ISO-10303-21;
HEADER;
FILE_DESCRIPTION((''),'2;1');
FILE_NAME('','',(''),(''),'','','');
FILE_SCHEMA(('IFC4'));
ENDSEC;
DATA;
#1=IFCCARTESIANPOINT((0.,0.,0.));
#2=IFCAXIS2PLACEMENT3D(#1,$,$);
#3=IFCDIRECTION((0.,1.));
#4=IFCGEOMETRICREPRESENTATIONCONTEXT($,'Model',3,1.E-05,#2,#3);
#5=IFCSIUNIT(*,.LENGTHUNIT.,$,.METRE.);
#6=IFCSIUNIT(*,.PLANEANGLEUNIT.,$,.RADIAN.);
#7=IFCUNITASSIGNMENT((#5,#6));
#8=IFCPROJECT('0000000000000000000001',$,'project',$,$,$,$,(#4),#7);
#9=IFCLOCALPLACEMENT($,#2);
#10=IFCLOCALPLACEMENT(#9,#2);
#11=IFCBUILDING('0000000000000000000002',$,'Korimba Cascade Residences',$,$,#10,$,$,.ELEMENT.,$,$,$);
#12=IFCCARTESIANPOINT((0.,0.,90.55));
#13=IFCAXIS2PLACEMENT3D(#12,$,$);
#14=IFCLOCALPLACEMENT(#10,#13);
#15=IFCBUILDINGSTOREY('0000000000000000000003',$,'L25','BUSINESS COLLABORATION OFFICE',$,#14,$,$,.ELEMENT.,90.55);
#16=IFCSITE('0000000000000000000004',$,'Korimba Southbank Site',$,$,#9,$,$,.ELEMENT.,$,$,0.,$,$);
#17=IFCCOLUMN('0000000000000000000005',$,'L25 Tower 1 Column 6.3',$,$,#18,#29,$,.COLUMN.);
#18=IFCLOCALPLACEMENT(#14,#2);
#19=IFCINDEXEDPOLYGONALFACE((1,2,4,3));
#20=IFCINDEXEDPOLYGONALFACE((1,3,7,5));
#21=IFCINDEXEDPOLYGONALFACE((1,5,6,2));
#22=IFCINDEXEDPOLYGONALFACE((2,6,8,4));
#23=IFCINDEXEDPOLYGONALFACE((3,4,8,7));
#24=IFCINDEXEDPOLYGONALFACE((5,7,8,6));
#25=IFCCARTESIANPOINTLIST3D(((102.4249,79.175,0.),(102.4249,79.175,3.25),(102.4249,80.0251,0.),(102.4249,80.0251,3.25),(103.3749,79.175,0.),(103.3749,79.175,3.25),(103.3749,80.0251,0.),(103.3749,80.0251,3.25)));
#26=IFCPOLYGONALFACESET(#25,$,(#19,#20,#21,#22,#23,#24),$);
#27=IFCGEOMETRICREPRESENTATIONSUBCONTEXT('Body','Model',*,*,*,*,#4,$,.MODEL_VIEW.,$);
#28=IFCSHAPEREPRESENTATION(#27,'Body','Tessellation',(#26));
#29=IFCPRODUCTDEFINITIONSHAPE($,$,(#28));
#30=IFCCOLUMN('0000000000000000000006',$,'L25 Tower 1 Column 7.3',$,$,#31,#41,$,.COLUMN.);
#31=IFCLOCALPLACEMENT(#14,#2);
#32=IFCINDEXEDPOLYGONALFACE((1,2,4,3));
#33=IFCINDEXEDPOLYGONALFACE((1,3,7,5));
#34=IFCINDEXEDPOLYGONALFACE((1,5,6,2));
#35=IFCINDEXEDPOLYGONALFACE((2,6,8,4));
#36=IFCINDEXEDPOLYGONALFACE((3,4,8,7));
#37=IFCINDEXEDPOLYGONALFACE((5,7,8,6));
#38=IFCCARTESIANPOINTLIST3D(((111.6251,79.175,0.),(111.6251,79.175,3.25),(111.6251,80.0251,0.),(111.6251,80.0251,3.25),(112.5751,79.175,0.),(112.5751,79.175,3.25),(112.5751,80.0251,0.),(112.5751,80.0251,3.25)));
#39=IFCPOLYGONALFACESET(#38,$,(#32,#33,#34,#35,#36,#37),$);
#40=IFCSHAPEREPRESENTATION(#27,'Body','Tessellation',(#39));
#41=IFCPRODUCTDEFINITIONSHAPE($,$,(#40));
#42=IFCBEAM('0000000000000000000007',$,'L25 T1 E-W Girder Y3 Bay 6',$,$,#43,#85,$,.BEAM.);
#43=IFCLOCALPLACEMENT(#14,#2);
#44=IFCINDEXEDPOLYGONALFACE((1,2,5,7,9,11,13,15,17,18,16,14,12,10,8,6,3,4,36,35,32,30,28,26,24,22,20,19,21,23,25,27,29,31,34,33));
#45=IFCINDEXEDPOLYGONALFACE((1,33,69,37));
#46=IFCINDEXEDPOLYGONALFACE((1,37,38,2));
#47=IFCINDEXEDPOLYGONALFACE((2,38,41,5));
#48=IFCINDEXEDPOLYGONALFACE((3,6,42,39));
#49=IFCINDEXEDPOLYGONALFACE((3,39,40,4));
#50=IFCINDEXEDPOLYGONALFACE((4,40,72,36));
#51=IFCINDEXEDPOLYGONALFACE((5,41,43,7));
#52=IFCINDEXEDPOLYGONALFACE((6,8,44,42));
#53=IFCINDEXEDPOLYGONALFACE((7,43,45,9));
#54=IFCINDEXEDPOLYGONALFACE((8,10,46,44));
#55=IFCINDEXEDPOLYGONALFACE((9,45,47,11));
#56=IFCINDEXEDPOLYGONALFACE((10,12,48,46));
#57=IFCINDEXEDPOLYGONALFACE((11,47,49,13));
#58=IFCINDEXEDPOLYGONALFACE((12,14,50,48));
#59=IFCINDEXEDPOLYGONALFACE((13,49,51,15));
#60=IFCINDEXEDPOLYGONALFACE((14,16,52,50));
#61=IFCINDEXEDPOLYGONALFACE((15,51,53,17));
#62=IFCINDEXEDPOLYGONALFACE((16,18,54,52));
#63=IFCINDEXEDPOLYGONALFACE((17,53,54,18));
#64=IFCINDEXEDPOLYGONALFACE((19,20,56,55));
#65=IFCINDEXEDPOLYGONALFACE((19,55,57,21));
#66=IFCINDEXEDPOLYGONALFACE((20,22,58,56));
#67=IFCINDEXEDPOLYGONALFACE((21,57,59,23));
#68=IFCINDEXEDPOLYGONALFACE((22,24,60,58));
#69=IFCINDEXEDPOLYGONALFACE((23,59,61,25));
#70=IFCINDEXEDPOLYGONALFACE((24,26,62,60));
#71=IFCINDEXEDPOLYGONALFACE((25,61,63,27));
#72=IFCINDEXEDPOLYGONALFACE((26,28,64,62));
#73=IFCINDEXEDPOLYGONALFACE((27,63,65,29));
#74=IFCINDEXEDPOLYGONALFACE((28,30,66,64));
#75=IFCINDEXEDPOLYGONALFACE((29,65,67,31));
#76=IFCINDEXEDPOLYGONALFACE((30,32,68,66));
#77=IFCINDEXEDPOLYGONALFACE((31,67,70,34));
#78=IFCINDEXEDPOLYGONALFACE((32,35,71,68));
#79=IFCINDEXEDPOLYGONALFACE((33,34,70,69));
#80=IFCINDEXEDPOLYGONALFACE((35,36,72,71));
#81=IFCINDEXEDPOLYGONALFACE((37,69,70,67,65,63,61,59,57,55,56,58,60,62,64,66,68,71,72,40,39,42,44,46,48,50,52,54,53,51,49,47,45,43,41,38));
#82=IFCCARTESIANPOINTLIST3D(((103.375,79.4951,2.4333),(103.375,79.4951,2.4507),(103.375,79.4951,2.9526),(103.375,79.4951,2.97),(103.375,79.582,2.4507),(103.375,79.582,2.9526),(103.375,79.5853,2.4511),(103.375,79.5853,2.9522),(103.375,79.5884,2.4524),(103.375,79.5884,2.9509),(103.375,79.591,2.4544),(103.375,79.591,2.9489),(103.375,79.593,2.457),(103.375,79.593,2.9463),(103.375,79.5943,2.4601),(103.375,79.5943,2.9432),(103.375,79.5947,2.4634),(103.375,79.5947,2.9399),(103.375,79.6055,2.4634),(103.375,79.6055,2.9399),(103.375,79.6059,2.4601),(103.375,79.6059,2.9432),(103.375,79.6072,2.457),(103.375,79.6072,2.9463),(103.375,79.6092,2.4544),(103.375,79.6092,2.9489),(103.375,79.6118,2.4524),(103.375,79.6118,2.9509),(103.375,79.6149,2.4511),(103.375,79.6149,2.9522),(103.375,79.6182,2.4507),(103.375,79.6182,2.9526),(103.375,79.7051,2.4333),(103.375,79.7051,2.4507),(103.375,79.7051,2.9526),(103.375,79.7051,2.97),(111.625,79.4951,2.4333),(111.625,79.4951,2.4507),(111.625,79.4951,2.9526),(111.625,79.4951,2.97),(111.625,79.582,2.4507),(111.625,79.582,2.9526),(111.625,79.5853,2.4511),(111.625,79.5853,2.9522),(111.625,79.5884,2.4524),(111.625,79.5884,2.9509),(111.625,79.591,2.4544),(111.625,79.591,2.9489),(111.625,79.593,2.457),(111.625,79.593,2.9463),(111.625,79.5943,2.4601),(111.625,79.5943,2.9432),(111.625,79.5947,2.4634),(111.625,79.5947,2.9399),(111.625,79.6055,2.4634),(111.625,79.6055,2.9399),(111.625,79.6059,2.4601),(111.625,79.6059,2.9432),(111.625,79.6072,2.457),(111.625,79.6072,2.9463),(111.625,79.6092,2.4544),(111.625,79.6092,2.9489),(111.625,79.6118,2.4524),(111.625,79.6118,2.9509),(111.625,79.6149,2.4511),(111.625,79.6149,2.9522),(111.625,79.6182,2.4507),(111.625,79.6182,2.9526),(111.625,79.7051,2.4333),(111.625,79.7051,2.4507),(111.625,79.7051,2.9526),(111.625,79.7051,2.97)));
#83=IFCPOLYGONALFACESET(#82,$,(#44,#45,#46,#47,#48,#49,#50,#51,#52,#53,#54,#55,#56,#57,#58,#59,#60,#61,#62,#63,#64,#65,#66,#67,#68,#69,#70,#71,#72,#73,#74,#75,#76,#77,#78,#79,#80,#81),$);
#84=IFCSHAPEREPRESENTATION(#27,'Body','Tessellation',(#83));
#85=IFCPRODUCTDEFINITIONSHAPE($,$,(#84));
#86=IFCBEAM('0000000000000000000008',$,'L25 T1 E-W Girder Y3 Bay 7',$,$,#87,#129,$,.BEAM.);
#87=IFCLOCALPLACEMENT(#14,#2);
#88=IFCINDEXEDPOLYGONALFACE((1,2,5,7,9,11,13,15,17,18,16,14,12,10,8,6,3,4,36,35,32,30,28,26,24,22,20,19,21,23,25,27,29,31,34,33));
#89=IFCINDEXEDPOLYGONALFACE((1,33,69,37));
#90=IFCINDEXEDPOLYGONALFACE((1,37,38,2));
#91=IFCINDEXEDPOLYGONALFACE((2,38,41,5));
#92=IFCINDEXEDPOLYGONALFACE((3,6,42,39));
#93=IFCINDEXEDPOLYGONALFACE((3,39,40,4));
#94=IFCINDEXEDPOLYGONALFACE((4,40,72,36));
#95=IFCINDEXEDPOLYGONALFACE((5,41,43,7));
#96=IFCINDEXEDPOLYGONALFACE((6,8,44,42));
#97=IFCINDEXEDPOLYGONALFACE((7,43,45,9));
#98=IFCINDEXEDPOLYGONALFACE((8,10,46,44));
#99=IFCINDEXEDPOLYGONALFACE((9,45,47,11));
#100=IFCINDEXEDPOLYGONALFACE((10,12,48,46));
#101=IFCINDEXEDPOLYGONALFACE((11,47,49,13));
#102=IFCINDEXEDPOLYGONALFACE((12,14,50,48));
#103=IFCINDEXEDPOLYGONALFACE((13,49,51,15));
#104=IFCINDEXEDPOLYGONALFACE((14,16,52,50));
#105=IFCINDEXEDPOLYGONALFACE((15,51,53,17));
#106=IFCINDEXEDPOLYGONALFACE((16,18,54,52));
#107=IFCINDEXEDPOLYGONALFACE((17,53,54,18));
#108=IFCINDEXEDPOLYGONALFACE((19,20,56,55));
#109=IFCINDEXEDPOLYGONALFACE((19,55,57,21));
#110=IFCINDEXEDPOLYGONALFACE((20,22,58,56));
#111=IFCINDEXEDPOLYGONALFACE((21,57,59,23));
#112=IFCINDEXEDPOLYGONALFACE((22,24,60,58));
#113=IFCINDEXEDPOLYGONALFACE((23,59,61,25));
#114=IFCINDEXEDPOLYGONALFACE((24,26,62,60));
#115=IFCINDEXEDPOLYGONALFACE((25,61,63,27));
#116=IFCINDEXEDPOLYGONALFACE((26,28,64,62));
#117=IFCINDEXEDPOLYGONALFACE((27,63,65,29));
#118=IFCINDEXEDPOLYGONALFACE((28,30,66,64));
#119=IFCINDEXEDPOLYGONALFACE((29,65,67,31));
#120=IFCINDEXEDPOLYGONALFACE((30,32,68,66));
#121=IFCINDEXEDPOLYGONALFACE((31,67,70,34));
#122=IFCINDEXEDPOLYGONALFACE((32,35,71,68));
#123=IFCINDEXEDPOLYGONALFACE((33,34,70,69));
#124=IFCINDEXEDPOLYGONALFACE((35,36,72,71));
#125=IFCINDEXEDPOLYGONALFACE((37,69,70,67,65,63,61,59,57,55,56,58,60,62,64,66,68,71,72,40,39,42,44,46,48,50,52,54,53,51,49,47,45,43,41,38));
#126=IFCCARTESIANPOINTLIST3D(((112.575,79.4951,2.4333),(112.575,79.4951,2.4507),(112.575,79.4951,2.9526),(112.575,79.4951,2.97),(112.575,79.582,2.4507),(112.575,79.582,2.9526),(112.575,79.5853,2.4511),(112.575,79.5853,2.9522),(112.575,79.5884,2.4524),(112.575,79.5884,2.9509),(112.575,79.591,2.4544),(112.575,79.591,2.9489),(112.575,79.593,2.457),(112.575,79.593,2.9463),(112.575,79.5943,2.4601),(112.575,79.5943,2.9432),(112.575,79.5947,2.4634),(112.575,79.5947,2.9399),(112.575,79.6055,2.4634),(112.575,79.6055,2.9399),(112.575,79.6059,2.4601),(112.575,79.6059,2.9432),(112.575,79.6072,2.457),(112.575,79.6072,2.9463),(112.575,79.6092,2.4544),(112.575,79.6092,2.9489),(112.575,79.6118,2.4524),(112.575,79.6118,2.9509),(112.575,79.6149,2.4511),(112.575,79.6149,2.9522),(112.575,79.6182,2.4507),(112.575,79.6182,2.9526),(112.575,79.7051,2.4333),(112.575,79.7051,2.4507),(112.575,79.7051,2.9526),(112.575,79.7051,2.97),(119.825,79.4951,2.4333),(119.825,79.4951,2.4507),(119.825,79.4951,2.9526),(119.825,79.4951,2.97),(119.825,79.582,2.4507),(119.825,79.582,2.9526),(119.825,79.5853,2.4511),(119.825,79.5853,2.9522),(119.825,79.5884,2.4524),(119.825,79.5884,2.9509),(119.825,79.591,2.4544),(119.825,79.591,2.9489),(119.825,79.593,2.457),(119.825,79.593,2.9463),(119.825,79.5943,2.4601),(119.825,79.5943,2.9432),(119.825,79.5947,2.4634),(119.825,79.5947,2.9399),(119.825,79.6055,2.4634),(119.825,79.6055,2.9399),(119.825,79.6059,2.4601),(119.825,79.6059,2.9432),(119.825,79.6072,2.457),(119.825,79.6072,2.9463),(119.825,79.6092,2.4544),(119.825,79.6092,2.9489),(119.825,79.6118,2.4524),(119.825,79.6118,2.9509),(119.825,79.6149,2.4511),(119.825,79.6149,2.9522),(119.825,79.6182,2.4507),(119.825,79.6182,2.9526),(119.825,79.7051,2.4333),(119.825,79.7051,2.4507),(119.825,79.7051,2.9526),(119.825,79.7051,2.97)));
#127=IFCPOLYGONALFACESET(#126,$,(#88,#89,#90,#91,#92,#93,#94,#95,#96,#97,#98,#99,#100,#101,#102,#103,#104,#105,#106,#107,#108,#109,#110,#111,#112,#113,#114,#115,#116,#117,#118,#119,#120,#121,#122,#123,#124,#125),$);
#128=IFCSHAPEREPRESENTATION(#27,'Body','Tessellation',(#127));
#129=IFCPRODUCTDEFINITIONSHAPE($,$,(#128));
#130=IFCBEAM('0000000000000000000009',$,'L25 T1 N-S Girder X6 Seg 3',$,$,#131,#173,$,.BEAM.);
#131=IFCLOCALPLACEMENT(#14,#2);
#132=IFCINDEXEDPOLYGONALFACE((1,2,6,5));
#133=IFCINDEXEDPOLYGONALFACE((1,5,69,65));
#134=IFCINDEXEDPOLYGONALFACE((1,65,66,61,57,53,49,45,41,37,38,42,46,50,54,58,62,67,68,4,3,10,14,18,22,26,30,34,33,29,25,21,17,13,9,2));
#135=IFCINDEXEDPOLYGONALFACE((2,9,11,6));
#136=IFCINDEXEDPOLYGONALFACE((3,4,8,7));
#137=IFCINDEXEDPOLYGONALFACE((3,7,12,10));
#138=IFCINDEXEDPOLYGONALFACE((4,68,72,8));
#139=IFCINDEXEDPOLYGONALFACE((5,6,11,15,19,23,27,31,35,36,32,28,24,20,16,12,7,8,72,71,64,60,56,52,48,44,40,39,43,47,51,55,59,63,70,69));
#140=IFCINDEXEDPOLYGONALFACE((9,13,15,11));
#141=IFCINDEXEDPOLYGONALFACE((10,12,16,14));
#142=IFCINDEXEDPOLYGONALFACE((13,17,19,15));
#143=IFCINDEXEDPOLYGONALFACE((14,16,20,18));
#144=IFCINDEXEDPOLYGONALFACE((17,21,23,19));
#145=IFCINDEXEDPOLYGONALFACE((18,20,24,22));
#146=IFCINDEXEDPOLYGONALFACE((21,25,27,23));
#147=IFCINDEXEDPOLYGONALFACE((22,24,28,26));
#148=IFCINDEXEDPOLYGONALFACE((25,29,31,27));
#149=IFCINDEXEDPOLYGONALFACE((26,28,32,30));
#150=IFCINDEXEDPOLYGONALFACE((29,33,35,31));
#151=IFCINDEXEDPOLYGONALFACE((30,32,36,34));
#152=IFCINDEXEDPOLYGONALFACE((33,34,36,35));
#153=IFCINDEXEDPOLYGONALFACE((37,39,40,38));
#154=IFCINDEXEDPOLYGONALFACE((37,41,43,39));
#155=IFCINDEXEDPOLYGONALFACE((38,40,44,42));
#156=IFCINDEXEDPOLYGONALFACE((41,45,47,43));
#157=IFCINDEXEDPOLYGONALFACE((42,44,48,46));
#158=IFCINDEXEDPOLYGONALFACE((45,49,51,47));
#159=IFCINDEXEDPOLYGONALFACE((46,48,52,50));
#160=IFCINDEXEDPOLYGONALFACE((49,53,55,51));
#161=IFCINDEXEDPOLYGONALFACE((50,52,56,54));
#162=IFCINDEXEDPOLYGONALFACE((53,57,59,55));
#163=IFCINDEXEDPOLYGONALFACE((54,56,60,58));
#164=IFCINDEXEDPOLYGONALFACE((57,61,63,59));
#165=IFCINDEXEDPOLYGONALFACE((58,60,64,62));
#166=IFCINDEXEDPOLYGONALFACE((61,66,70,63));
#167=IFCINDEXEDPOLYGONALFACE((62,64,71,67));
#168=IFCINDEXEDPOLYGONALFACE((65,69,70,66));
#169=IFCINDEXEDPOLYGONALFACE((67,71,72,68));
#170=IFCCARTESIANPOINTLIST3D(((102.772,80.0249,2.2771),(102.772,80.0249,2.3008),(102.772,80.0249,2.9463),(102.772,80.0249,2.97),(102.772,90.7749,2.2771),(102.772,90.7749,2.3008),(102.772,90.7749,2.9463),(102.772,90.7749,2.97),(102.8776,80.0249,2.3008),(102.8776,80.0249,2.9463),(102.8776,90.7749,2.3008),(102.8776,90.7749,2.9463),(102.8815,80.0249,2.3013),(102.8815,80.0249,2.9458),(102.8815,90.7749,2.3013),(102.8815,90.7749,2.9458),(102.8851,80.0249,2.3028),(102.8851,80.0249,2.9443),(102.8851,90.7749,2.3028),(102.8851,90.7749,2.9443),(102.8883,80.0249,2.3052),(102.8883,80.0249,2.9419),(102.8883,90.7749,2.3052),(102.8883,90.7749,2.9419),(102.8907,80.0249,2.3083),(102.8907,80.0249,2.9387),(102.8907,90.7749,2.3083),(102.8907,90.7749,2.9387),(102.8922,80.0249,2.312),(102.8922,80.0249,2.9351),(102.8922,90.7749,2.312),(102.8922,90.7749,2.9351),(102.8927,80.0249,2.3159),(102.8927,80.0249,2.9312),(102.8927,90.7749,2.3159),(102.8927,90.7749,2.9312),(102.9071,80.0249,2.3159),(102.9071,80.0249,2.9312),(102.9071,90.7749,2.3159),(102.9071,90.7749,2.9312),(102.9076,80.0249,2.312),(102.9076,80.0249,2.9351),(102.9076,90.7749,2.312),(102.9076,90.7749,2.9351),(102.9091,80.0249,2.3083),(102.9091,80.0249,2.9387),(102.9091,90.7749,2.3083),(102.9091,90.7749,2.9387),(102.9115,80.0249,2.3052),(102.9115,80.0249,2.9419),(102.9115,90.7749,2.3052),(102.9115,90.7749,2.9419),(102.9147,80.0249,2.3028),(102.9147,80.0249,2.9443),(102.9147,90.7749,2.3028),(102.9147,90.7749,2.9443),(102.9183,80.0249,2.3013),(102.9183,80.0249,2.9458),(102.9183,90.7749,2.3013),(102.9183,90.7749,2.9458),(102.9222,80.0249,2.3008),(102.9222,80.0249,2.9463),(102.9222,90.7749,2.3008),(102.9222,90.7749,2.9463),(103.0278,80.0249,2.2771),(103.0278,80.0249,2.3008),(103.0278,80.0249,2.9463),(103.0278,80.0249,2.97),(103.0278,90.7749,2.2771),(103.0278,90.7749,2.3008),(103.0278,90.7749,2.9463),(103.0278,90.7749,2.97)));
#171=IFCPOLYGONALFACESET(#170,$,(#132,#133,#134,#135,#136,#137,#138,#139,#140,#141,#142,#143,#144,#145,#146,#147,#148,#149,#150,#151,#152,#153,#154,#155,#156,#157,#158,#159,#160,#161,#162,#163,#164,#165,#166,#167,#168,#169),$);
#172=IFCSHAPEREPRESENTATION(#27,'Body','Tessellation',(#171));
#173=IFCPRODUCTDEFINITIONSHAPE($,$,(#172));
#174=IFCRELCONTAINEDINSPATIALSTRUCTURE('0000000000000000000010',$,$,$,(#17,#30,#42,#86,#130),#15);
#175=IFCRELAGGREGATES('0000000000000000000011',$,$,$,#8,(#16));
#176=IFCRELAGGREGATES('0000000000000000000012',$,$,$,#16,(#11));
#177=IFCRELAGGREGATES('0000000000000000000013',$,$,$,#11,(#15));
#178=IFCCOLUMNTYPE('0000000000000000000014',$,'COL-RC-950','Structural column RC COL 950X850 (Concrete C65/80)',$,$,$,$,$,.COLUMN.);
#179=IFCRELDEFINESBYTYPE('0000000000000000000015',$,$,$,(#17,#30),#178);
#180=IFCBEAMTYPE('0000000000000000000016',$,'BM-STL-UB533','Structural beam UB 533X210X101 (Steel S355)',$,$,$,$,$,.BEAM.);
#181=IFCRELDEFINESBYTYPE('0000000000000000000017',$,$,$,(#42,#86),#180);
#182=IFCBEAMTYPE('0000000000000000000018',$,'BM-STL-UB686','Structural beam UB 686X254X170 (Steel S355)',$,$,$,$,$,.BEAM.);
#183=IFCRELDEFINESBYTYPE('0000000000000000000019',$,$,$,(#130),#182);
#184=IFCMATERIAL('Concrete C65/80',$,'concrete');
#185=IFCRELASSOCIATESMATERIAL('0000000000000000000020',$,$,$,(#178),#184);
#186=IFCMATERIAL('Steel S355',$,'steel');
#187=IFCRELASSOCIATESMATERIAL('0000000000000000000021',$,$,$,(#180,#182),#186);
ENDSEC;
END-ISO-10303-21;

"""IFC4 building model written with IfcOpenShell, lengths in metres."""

from ifc_helpers import new_model, si_unit, direction, frame, origin, origin_2d, place, context, subcontext, project, spatial, rectangle, i_section, extrude, material, material_profile, profile_set, type_object, element, save


model = new_model("IFC4")

# Units and contexts
model_context = context("Model", 3, precision=1e-05, world=origin(), true_north=direction((0.0, 1.0)))
body_context = subcontext(model_context, "Body", "Model", "MODEL_VIEW")
ifc_project = project(units=[si_unit("LENGTHUNIT", "METRE"), si_unit("PLANEANGLEUNIT", "RADIAN")], contexts=[model_context])

# Site, building, storey
site_placement = place(None, origin())
site = spatial("IfcSite", under=ifc_project, at=site_placement, Name="Korimba Southbank Site", CompositionType="ELEMENT", RefElevation=0.0)
building_placement = place(site_placement, origin())
building = spatial("IfcBuilding", under=site, at=building_placement, Name="Korimba Cascade Residences", CompositionType="ELEMENT")
storey_placement = place(building_placement, frame((0.0, 0.0, 90.55)))
storey = spatial("IfcBuildingStorey", under=building, at=storey_placement, Name="L25", Description="BUSINESS COLLABORATION OFFICE", CompositionType="ELEMENT", Elevation=90.55)

# Columns
ifc_material_1 = material(Name="Concrete C65/80", Category="concrete")
ifc_material_profile_1 = material_profile(ifc_material_1, rectangle(XDim=0.95, YDim=0.8501, at=origin_2d()), Name="Concrete C65/80")
ifc_profile_set_1 = profile_set([ifc_material_profile_1], Name="Concrete C65/80")
column_type = type_object("IfcColumnType", Name="COL-RC-950", Description="Structural column RC COL 950X850 (Concrete C65/80)", PredefinedType="COLUMN", material=ifc_profile_set_1)
for number, where, z_axis, x_axis, name in (
    (1, (102.8999, 79.6001, 0.0), (0.0, 0.0, 1.0), (1.0, 0.0, 0.0), "L25 Tower 1 Column 6.3"),
    (2, (112.1001, 79.6001, 0.0), (0.0, 0.0, 1.0), (1.0, 0.0, 0.0), "L25 Tower 1 Column 7.3"),
):
    element("IfcColumn", number, at=place(storey_placement, frame(where, z_axis=z_axis, x_axis=x_axis)), inside=storey, type_object=column_type, Name=name, PredefinedType="COLUMN", context=body_context, shape_type="SweptSolid", body=[
        extrude(rectangle(XDim=0.95, YDim=0.8501, at=origin_2d()), origin(), (0.0, 0.0, 1.0), 3.25),
    ])

# Beams
ifc_material_2 = material(Name="Steel S355", Category="steel")
ifc_material_profile_2 = material_profile(ifc_material_2, i_section(OverallWidth=0.21, OverallDepth=0.5366, WebThickness=0.0107, FlangeThickness=0.0173, FilletRadius=0.0127, at=origin_2d()), Name="Steel S355")
ifc_profile_set_2 = profile_set([ifc_material_profile_2], Name="Steel S355")
beam_type_1 = type_object("IfcBeamType", Name="BM-STL-UB533", Description="Structural beam UB 533X210X101 (Steel S355)", PredefinedType="BEAM", material=ifc_profile_set_2)
beam_1_placement = place(storey_placement, frame((103.375, 79.6001, 2.7017), z_axis=(1.0, 0.0, 0.0), x_axis=(0.0, 1.0, 0.0)))
element("IfcBeam", 3, at=beam_1_placement, inside=storey, type_object=beam_type_1, Name="L25 T1 E-W Girder Y3 Bay 6", PredefinedType="BEAM", context=body_context, shape_type="SweptSolid", body=[
    extrude(i_section(OverallWidth=0.21, OverallDepth=0.5366, WebThickness=0.0107, FlangeThickness=0.0173, FilletRadius=0.0127, at=origin_2d()), origin(), (0.0, 0.0, 1.0), 8.25),
])
beam_2_placement = place(storey_placement, frame((112.575, 79.6001, 2.7017), z_axis=(1.0, 0.0, 0.0), x_axis=(0.0, 1.0, 0.0)))
element("IfcBeam", 4, at=beam_2_placement, inside=storey, type_object=beam_type_1, Name="L25 T1 E-W Girder Y3 Bay 7", PredefinedType="BEAM", context=body_context, shape_type="SweptSolid", body=[
    extrude(i_section(OverallWidth=0.21, OverallDepth=0.5366, WebThickness=0.0107, FlangeThickness=0.0173, FilletRadius=0.0127, at=origin_2d()), origin(), (0.0, 0.0, 1.0), 7.25),
])
ifc_material_profile_3 = material_profile(ifc_material_2, i_section(OverallWidth=0.2559, OverallDepth=0.6929, WebThickness=0.0144, FlangeThickness=0.0237, FilletRadius=0.0151, at=origin_2d()), Name="Steel S355")
ifc_profile_set_3 = profile_set([ifc_material_profile_3], Name="Steel S355")
beam_type_2 = type_object("IfcBeamType", Name="BM-STL-UB686", Description="Structural beam UB 686X254X170 (Steel S355)", PredefinedType="BEAM", material=ifc_profile_set_3)
beam_3_placement = place(storey_placement, frame((102.8999, 80.0249, 2.6235), z_axis=(0.0, 1.0, 0.0), x_axis=(-1.0, 0.0, 0.0)))
element("IfcBeam", 5, at=beam_3_placement, inside=storey, type_object=beam_type_2, Name="L25 T1 N-S Girder X6 Seg 3", PredefinedType="BEAM", context=body_context, shape_type="SweptSolid", body=[
    extrude(i_section(OverallWidth=0.2559, OverallDepth=0.6929, WebThickness=0.0144, FlangeThickness=0.0237, FilletRadius=0.0151, at=origin_2d()), origin(), (0.0, 0.0, 1.0), 10.75),
])

save(model, "model.ifc")
